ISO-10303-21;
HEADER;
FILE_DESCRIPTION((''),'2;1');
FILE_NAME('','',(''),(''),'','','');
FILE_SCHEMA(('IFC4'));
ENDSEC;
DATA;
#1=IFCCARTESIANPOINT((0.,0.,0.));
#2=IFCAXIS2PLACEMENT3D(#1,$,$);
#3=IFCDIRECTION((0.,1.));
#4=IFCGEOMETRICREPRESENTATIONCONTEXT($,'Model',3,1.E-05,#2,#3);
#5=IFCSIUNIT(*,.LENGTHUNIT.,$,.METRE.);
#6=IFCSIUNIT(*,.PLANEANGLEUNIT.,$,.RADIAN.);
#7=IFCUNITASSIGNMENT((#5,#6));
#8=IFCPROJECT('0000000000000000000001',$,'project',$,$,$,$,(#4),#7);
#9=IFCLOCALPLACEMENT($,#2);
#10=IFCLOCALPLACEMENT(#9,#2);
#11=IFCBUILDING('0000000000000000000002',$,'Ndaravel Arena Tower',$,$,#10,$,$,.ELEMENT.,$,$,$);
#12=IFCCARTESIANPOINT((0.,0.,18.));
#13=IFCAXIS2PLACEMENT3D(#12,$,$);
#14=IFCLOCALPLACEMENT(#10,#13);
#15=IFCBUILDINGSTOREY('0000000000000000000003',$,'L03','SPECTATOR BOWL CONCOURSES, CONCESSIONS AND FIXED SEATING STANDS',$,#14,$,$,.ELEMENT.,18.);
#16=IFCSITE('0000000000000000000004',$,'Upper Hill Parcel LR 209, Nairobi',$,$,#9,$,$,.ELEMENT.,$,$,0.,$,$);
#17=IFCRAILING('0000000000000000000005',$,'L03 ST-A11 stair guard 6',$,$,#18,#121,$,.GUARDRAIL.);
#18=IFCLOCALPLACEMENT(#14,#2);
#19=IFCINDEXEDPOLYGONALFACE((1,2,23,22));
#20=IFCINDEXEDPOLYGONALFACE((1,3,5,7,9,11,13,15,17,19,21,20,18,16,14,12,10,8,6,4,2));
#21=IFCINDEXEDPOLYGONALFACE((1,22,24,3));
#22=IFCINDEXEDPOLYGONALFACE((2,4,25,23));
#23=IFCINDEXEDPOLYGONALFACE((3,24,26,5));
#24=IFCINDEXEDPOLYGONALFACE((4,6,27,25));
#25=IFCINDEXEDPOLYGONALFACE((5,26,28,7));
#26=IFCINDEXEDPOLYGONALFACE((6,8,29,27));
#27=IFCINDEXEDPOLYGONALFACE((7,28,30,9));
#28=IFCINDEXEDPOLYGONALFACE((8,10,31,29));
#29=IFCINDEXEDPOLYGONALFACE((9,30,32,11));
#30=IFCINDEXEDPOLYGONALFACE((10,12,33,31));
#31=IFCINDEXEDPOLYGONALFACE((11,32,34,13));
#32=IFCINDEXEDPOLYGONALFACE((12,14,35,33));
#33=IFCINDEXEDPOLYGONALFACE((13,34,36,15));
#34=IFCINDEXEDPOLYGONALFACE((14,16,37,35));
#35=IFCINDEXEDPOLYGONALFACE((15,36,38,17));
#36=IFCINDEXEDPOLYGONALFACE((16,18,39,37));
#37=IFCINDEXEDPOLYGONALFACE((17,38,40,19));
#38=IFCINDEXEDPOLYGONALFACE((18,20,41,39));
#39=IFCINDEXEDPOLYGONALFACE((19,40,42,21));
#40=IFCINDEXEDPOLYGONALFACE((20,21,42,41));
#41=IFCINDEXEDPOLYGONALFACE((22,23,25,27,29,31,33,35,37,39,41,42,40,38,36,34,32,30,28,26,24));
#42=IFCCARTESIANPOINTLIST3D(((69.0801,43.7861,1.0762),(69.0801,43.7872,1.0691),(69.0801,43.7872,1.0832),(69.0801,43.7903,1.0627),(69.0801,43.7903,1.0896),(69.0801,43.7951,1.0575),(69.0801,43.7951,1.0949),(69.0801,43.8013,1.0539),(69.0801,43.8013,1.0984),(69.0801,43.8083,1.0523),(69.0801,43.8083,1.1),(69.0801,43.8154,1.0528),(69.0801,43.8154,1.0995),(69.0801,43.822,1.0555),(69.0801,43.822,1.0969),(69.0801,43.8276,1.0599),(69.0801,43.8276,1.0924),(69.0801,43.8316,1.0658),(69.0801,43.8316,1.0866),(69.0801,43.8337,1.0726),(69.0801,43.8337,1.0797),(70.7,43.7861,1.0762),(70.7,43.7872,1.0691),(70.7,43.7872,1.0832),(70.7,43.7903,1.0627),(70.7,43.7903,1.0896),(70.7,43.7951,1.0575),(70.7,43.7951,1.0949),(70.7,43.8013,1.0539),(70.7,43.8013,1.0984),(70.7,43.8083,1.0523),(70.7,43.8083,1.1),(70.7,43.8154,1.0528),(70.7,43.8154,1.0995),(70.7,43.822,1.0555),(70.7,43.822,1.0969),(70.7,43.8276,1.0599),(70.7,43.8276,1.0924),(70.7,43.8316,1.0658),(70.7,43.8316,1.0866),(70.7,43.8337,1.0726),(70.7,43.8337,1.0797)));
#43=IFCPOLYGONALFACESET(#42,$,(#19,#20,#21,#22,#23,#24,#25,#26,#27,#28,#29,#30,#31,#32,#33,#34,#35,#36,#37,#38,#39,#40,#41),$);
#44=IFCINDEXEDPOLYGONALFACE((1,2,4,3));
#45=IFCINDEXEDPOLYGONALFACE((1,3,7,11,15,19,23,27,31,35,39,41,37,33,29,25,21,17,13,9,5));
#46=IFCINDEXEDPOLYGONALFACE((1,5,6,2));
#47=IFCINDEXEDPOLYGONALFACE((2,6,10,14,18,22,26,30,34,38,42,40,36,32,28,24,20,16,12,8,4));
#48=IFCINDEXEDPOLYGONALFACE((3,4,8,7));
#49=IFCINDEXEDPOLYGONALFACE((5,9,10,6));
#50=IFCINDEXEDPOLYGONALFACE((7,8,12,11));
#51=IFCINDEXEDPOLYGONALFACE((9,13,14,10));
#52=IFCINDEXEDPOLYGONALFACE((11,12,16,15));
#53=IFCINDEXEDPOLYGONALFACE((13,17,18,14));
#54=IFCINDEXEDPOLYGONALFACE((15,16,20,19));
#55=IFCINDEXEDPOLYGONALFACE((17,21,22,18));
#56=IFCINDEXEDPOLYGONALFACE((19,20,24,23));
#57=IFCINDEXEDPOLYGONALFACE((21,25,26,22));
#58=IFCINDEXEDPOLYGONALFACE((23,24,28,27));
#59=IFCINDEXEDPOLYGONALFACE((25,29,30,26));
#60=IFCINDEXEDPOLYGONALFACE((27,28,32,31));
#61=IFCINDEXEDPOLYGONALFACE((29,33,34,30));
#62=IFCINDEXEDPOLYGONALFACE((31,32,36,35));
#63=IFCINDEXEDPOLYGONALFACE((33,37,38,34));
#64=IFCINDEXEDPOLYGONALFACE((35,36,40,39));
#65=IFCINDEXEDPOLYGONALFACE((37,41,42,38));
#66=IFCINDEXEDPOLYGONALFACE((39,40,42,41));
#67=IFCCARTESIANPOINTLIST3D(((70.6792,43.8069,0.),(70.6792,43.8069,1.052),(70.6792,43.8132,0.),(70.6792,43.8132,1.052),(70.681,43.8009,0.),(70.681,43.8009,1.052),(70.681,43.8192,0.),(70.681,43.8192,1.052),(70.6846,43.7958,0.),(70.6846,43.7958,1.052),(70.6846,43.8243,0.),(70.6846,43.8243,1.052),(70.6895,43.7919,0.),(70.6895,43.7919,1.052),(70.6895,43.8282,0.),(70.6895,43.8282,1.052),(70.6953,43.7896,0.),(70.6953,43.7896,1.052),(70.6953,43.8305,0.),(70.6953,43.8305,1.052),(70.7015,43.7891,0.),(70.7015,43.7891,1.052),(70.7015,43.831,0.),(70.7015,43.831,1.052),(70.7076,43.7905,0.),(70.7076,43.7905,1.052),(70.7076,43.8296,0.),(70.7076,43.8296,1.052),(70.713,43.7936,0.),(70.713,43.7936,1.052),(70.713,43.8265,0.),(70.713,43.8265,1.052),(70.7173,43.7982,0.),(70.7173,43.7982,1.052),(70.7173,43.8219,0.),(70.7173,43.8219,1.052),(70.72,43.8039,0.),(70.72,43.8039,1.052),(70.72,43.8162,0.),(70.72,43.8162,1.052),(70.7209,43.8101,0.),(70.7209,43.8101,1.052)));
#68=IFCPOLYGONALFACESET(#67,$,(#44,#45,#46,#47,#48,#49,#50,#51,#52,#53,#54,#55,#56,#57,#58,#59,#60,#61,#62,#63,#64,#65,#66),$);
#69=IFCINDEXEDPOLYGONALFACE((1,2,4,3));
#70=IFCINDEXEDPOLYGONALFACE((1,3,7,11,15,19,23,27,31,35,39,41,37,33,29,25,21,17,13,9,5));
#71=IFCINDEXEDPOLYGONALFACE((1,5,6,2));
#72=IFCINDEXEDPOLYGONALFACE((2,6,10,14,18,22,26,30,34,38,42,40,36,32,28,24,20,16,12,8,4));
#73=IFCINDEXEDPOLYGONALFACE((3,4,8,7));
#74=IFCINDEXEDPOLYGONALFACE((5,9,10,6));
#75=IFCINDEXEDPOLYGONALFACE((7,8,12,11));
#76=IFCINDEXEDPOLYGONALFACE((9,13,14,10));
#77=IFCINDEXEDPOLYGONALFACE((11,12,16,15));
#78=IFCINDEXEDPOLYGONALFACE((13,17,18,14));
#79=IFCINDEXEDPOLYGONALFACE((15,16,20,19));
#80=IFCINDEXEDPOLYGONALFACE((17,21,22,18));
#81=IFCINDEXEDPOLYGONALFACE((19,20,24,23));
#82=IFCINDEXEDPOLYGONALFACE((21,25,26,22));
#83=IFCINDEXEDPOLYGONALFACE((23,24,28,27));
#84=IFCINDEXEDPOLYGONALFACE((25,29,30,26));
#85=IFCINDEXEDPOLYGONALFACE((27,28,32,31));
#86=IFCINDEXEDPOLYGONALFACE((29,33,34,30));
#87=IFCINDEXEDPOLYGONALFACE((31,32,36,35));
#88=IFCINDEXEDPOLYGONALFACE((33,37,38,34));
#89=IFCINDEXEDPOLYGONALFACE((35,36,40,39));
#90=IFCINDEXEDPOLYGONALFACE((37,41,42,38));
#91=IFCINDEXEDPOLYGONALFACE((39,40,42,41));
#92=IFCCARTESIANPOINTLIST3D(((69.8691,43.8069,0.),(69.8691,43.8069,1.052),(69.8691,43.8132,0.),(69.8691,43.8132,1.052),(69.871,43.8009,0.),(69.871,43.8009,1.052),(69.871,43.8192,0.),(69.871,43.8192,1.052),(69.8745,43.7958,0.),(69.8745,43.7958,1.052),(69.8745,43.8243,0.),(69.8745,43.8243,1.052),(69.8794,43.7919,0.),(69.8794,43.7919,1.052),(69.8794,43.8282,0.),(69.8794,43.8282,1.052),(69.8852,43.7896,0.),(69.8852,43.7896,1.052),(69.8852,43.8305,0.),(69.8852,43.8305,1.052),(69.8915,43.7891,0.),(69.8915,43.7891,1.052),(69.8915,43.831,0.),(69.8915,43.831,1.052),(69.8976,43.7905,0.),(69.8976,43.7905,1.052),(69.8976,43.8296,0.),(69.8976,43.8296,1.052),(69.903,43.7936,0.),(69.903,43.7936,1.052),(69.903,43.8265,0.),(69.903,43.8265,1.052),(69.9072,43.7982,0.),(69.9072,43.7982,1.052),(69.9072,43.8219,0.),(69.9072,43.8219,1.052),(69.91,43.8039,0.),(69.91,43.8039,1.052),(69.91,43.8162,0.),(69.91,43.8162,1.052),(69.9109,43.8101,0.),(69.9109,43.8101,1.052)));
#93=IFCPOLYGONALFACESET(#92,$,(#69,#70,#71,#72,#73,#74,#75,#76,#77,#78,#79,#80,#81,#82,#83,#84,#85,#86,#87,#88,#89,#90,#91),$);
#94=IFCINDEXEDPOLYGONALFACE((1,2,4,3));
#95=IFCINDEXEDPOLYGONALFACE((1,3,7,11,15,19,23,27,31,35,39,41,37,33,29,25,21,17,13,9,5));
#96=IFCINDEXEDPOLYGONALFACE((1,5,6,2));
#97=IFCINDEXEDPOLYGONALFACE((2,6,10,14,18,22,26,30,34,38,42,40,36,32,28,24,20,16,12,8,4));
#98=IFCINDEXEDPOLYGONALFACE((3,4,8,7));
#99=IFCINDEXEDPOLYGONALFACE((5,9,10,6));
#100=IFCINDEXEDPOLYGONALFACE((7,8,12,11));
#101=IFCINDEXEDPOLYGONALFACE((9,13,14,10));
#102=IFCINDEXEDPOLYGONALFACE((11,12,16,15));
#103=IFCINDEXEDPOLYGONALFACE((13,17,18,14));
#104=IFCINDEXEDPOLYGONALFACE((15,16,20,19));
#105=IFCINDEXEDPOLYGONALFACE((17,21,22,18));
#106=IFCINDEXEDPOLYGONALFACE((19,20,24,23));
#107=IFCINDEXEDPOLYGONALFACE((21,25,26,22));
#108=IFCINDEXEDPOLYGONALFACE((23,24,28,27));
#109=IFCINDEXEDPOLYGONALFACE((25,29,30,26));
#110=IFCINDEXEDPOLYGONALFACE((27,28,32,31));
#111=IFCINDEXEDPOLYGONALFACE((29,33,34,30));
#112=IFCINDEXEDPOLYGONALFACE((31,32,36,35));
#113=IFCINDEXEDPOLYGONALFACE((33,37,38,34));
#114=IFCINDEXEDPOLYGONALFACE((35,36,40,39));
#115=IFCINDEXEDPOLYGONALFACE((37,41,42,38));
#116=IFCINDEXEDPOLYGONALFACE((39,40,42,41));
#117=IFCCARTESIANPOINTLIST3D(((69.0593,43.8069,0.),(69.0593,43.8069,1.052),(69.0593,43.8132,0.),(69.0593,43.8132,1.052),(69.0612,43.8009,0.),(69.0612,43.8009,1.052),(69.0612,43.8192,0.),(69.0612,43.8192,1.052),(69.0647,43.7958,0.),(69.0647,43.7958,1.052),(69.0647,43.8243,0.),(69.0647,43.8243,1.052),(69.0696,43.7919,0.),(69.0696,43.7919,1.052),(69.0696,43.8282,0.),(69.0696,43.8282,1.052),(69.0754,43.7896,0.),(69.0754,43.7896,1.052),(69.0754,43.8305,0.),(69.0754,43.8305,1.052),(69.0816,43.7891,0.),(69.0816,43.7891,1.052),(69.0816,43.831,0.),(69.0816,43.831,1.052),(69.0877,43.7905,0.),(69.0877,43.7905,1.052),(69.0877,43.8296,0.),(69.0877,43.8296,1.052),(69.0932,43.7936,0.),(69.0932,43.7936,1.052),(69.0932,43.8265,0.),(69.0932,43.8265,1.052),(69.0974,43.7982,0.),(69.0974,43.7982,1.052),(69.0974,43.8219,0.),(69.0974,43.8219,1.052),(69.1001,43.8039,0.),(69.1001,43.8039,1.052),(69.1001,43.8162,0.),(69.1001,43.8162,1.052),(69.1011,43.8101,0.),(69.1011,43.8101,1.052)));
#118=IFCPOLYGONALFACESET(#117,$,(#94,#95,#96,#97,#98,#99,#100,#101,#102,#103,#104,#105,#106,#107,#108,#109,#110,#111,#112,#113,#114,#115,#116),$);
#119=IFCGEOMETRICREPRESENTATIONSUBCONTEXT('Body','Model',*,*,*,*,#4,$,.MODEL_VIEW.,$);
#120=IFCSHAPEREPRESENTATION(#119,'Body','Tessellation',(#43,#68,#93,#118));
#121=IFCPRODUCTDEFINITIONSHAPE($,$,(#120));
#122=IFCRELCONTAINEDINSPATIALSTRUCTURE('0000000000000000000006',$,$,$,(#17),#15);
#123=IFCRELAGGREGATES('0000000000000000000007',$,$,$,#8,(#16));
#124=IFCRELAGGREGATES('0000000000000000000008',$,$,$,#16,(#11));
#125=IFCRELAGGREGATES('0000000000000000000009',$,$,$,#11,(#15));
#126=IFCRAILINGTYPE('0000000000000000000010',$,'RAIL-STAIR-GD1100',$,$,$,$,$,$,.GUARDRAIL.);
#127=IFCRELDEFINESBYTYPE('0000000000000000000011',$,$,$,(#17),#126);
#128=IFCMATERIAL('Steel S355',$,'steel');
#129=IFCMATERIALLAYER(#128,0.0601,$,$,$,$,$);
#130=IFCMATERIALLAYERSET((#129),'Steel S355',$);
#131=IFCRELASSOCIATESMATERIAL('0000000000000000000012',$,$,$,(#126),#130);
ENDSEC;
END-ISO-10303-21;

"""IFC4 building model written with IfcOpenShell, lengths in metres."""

from ifc_helpers import new_model, si_unit, direction, frame, origin, origin_2d, place, context, subcontext, project, spatial, circle, extrude, material, layer, layer_set, type_object, element, save


model = new_model("IFC4")

# Units and contexts
model_context = context("Model", 3, precision=1e-05, world=origin(), true_north=direction((0.0, 1.0)))
body_context = subcontext(model_context, "Body", "Model", "MODEL_VIEW")
ifc_project = project(units=[si_unit("LENGTHUNIT", "METRE"), si_unit("PLANEANGLEUNIT", "RADIAN")], contexts=[model_context])

# Site, building, storey
site_placement = place(None, origin())
site = spatial("IfcSite", under=ifc_project, at=site_placement, Name="Upper Hill Parcel LR 209, Nairobi", CompositionType="ELEMENT", RefElevation=0.0)
building_placement = place(site_placement, origin())
building = spatial("IfcBuilding", under=site, at=building_placement, Name="Ndaravel Arena Tower", CompositionType="ELEMENT")
storey_placement = place(building_placement, frame((0.0, 0.0, 18.0)))
storey = spatial("IfcBuildingStorey", under=building, at=storey_placement, Name="L03", Description="SPECTATOR BOWL CONCOURSES, CONCESSIONS AND FIXED SEATING STANDS", CompositionType="ELEMENT", Elevation=18.0)

# Railing
ifc_material_1 = material(Name="Steel S355", Category="steel")
ifc_layer_1 = layer(ifc_material_1, 0.0601)
ifc_layer_set_1 = layer_set([ifc_layer_1], Name="Steel S355")
railing_type_1 = type_object("IfcRailingType", Name="RAIL-STAIR-GD1100", PredefinedType="GUARDRAIL", material=ifc_layer_set_1)
for number, where, name in (
    (1, (70.7, 43.8101, 0.0), "L03 ST-A11 stair guard 6"),
):
    element("IfcRailing", number, at=place(storey_placement, frame(where)), inside=storey, type_object=railing_type_1, Name=name, PredefinedType="GUARDRAIL", context=body_context, shape_type="SweptSolid", body=[
        extrude(circle(Radius=0.0239, at=origin_2d()), frame((0.0, 0.0, 1.0762), z_axis=(-1.0, 0.0, 0.0), x_axis=(0.0, -1.0, 0.0)), (0.0, 0.0, 1.0), 1.6199),
        extrude(circle(Radius=0.021, at=origin_2d()), origin(), (0.0, 0.0, 1.0), 1.052),
        extrude(circle(Radius=0.021, at=origin_2d()), frame((-0.8101, 0.0, 0.0)), (0.0, 0.0, 1.0), 1.052),
        extrude(circle(Radius=0.021, at=origin_2d()), frame((-1.6199, 0.0, 0.0)), (0.0, 0.0, 1.0), 1.052),
    ])

save(model, "model.ifc")
